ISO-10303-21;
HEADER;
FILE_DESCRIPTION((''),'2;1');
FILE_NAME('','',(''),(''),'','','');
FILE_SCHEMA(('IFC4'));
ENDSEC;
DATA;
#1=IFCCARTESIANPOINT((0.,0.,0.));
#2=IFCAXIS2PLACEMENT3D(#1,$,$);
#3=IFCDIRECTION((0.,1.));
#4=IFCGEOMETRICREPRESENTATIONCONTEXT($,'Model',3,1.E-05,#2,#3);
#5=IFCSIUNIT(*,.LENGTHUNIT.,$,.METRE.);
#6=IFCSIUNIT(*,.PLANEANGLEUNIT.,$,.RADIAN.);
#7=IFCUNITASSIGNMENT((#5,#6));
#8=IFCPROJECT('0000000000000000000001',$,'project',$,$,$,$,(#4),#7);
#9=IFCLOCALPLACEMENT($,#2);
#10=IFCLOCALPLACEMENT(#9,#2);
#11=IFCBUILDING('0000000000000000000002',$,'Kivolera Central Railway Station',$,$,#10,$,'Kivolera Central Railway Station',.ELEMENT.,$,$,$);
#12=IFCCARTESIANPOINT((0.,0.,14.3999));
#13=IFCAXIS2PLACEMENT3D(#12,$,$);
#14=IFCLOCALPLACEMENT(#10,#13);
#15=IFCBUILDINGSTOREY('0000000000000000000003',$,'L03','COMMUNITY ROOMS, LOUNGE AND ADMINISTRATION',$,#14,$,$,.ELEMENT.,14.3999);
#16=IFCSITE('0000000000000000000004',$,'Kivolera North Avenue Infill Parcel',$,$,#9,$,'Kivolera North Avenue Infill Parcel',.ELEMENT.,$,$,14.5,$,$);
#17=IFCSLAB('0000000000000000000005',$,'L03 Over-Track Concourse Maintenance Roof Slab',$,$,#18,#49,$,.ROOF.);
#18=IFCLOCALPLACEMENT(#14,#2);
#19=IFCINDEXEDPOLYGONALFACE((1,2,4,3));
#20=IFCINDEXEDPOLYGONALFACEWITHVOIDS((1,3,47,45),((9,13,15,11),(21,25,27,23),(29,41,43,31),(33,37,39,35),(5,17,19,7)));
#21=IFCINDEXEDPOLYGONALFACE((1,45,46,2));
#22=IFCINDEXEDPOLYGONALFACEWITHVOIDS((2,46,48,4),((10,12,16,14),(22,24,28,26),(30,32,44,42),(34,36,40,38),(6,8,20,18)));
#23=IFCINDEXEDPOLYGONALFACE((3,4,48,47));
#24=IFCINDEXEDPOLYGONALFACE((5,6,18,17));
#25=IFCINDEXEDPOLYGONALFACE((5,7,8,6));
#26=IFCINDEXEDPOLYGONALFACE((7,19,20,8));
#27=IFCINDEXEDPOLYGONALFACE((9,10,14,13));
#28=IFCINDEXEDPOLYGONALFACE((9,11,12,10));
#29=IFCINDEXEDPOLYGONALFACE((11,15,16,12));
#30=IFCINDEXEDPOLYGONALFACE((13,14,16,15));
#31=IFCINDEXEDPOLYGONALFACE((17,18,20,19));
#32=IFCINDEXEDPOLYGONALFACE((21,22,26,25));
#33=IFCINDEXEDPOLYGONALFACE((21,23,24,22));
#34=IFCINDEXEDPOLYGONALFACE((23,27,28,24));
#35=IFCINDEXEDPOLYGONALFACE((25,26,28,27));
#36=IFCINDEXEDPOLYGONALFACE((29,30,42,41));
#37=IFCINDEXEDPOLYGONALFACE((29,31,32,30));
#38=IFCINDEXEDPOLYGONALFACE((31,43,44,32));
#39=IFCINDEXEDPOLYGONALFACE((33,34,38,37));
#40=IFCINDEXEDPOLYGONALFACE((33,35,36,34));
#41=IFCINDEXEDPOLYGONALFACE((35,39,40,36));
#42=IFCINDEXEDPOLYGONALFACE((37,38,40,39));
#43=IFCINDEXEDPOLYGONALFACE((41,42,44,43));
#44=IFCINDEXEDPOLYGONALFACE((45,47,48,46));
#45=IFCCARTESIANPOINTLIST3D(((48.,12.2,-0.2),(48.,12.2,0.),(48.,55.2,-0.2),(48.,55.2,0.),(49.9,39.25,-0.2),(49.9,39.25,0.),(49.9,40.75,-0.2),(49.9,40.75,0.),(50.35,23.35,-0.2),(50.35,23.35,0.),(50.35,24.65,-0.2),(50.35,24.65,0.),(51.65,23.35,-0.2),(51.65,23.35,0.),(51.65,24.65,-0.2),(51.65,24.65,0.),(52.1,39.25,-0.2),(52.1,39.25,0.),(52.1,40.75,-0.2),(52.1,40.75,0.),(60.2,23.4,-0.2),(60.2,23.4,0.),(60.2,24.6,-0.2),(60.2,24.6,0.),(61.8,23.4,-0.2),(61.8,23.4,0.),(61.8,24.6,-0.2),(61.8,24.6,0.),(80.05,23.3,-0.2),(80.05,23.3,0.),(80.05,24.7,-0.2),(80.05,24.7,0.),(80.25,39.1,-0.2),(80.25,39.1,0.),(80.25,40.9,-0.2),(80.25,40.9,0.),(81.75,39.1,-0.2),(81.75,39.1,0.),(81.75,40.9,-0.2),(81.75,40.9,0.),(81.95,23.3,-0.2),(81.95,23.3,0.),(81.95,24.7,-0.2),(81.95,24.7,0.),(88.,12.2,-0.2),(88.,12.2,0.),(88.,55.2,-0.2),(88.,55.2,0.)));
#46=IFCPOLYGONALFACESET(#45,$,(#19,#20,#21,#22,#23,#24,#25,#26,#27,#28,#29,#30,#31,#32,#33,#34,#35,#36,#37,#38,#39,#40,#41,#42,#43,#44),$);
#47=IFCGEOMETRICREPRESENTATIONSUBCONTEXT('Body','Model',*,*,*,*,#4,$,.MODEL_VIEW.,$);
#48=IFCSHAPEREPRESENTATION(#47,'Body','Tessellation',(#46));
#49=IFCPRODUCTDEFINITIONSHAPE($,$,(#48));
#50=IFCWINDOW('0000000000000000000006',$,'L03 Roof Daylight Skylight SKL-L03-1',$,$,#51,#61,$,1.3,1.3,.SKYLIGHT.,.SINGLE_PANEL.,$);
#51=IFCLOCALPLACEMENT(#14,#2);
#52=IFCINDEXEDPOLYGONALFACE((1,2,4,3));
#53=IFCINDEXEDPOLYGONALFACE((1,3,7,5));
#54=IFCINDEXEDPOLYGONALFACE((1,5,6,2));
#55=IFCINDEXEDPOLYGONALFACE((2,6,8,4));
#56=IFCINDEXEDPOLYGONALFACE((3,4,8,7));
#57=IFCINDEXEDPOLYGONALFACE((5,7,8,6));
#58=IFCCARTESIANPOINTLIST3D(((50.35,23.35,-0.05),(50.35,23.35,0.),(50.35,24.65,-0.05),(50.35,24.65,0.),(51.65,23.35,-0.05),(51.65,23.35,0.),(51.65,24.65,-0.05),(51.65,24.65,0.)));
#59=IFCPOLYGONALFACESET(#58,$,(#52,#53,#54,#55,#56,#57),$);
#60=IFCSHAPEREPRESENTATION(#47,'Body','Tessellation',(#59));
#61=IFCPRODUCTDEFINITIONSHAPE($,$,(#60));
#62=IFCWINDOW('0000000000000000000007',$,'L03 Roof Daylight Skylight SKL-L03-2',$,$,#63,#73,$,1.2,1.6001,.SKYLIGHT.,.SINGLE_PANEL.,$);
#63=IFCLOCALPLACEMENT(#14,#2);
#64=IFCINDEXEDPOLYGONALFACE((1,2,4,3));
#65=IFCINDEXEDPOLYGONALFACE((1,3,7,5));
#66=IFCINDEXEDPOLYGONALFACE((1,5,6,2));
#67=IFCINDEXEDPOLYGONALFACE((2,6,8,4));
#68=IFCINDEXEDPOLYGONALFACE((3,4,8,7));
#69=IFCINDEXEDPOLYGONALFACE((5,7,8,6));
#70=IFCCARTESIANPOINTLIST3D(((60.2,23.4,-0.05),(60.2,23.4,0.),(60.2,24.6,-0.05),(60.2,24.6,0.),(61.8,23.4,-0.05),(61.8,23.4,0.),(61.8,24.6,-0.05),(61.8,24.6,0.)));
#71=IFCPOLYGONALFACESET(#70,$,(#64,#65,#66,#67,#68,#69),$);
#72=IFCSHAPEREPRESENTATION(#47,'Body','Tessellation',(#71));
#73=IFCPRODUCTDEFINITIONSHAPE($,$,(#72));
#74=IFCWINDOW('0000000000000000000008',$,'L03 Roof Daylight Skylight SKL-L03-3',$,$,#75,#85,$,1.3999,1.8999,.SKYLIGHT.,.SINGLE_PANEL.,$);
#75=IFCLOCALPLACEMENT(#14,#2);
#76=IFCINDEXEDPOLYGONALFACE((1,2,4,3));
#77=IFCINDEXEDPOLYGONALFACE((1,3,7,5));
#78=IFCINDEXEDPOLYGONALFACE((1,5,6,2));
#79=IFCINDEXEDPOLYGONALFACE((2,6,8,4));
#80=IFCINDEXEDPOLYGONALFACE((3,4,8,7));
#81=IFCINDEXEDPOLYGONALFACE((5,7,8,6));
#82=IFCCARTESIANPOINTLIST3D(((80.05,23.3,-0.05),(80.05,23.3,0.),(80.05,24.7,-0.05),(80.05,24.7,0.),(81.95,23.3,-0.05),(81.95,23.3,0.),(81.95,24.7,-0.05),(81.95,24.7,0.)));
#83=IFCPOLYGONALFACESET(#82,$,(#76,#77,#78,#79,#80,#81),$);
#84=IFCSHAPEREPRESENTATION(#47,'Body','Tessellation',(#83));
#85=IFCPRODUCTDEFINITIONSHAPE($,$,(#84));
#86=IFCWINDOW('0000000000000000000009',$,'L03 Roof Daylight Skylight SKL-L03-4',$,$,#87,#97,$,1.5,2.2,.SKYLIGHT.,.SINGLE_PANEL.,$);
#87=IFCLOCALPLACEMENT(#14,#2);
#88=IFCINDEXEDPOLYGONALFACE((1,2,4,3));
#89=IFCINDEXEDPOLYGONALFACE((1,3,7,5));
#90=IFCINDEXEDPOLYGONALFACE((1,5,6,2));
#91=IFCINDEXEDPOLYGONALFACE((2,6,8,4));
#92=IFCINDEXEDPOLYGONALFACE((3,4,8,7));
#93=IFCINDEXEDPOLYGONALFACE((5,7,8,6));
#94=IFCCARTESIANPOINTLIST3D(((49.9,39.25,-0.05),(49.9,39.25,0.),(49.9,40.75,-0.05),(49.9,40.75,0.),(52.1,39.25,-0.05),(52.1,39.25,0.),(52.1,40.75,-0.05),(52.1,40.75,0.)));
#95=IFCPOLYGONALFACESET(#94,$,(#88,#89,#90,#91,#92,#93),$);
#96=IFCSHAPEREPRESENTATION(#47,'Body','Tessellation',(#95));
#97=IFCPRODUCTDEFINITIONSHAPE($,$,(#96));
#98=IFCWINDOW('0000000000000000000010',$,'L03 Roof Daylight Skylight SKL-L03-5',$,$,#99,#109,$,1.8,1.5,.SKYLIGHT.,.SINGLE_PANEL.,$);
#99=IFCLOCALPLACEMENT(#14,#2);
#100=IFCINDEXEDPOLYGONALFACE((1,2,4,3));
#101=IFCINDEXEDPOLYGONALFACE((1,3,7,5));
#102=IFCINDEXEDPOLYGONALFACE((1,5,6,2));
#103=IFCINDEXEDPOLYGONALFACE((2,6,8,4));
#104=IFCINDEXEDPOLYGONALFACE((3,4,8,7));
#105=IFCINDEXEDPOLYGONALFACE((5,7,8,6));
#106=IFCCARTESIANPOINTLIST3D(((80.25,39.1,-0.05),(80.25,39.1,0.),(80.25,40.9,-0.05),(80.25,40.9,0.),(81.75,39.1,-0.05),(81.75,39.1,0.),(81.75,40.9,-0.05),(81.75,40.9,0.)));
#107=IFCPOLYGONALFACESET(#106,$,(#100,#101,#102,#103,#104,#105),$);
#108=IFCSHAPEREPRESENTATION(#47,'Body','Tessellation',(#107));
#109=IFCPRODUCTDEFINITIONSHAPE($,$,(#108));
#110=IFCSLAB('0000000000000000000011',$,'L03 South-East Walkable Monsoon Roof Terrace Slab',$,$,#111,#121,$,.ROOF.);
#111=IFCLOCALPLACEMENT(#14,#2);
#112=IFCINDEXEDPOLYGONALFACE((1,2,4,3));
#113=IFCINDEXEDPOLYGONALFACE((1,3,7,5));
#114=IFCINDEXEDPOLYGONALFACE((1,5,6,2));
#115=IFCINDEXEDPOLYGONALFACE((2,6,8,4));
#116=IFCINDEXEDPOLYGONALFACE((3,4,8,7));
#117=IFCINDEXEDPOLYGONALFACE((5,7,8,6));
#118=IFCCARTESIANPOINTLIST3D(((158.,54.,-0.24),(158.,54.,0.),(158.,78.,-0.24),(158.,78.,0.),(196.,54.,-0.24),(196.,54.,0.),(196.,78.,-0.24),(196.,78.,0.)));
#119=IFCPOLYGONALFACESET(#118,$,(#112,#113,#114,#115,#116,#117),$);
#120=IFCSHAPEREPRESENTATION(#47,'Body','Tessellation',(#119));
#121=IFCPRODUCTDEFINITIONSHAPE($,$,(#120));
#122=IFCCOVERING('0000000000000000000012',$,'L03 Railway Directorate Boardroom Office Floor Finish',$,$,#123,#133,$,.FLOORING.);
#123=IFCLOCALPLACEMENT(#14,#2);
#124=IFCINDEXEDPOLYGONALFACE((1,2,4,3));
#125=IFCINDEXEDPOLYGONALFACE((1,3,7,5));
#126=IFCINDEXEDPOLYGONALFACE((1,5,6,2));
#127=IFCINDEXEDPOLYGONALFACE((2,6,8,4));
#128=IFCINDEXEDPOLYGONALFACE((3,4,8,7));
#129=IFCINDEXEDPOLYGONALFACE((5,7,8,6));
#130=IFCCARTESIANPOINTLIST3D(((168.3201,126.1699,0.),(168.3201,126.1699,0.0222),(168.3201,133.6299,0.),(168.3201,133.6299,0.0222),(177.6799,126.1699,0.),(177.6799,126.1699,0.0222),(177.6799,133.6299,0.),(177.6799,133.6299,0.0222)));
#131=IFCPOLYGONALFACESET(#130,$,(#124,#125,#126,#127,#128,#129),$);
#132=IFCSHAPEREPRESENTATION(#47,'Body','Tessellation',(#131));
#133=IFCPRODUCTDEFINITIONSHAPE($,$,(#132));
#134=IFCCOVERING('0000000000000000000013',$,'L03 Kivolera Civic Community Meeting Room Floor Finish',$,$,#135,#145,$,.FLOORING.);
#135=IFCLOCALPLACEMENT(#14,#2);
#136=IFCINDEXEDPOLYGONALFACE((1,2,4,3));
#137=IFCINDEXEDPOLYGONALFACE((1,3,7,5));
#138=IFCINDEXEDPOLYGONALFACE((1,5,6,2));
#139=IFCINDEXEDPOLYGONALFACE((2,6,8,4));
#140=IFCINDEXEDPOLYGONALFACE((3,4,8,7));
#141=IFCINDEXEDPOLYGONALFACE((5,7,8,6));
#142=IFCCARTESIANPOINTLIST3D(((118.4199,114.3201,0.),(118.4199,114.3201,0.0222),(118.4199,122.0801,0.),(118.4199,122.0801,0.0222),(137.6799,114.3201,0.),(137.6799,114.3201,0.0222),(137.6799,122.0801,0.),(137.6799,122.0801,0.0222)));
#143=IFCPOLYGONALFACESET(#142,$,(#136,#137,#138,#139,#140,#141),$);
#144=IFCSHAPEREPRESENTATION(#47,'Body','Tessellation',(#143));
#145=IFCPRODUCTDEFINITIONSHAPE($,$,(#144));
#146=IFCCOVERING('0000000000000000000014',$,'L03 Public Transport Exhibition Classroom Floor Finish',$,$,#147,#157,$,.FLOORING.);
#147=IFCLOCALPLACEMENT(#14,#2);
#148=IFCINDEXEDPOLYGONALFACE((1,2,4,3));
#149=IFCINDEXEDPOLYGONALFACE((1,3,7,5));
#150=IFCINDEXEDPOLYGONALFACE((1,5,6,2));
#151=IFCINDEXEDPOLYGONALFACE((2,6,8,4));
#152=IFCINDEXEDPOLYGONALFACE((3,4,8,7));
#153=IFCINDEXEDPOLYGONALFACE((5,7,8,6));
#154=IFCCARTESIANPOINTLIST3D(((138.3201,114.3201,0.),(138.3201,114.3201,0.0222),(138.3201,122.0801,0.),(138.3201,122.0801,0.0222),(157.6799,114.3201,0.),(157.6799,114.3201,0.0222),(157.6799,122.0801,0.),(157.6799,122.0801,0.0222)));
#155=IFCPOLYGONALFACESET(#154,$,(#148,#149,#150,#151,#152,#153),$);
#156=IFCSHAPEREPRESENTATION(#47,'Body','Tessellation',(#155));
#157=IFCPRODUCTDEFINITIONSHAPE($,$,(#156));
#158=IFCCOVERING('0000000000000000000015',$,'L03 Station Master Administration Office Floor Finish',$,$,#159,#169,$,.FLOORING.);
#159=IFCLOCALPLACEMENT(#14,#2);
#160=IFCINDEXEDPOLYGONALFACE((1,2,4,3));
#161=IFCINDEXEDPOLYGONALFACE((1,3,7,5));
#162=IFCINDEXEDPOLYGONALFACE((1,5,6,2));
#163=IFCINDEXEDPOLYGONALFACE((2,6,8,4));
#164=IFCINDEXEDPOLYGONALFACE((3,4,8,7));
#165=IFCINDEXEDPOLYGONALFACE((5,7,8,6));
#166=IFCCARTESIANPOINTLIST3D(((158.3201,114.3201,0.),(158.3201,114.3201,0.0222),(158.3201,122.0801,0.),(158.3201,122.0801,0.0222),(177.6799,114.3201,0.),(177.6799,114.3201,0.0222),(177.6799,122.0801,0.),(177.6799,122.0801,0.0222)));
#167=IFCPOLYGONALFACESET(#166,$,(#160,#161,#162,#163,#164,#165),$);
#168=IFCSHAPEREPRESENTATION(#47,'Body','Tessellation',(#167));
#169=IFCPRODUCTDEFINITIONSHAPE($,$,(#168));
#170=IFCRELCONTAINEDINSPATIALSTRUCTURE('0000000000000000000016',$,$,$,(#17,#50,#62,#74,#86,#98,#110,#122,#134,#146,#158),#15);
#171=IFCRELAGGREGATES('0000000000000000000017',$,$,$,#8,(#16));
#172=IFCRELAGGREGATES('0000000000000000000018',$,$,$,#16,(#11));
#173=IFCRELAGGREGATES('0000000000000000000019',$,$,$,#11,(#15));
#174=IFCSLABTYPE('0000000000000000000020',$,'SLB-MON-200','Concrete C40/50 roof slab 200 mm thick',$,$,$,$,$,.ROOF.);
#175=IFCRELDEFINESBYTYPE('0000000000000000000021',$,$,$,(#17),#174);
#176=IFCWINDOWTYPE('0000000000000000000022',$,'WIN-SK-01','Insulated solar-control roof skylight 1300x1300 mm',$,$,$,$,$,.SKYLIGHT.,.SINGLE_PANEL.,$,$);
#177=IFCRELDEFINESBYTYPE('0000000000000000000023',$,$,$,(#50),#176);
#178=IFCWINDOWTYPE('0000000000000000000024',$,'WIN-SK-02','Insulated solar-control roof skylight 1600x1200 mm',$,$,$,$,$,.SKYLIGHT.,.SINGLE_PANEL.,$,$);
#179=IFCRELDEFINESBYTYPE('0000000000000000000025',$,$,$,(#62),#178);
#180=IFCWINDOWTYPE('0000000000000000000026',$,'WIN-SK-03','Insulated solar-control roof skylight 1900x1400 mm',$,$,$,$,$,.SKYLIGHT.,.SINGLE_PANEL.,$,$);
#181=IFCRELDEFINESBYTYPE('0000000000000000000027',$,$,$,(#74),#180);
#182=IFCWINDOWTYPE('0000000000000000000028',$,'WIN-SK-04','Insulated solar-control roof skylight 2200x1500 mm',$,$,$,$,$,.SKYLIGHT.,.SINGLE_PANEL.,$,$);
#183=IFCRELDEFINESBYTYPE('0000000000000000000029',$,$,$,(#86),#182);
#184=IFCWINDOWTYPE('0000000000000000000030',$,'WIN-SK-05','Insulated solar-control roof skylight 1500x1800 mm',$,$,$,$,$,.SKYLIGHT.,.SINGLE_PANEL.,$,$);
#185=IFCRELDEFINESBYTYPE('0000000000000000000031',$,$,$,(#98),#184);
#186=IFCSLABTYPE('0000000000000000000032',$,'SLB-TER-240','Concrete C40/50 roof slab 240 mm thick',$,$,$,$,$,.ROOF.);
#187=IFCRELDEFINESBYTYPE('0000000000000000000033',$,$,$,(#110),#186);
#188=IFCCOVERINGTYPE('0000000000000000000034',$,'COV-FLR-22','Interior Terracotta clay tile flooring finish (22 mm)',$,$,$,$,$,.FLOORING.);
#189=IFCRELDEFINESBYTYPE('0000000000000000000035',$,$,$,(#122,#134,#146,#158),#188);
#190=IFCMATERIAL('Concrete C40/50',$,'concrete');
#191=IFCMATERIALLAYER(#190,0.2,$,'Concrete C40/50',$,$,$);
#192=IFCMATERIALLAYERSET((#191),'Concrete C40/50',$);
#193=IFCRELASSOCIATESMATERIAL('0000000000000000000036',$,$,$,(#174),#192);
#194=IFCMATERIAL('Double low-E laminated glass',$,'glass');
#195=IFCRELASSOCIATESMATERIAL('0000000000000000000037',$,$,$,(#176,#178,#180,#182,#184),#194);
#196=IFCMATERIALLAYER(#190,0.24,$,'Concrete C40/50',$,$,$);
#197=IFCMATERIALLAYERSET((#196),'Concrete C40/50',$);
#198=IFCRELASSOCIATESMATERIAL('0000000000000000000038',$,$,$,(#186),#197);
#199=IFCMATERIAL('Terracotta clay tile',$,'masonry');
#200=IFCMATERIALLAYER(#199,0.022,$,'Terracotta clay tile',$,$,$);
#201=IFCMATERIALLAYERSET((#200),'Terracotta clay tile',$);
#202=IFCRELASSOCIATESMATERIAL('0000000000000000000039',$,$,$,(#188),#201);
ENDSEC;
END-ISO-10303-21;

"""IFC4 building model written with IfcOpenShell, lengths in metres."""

from ifc_helpers import new_model, si_unit, direction, frame, origin, origin_2d, place, context, subcontext, project, spatial, polyline, rectangle, outline, extrude, material, layer, layer_set, type_object, element, fill, save


model = new_model("IFC4")

# Units and contexts
model_context = context("Model", 3, precision=1e-05, world=origin(), true_north=direction((0.0, 1.0)))
body_context = subcontext(model_context, "Body", "Model", "MODEL_VIEW")
ifc_project = project(units=[si_unit("LENGTHUNIT", "METRE"), si_unit("PLANEANGLEUNIT", "RADIAN")], contexts=[model_context])

# Site, building, storey
site_placement = place(None, origin())
site = spatial("IfcSite", under=ifc_project, at=site_placement, Name="Kivolera North Avenue Infill Parcel", LongName="Kivolera North Avenue Infill Parcel", CompositionType="ELEMENT", RefElevation=14.5)
building_placement = place(site_placement, origin())
building = spatial("IfcBuilding", under=site, at=building_placement, Name="Kivolera Central Railway Station", LongName="Kivolera Central Railway Station", CompositionType="ELEMENT")
storey_placement = place(building_placement, frame((0.0, 0.0, 14.3999)))
storey = spatial("IfcBuildingStorey", under=building, at=storey_placement, Name="L03", Description="COMMUNITY ROOMS, LOUNGE AND ADMINISTRATION", CompositionType="ELEMENT", Elevation=14.3999)

# Shared definitions
ifc_material_1 = material(Name="Concrete C40/50", Category="concrete")

# Slab, openings, windows
ifc_layer_1 = layer(ifc_material_1, 0.2, Name="Concrete C40/50")
ifc_layer_set_1 = layer_set([ifc_layer_1], Name="Concrete C40/50")
slab_type_1 = type_object("IfcSlabType", Name="SLB-MON-200", Description="Concrete C40/50 roof slab 200 mm thick", PredefinedType="ROOF", material=ifc_layer_set_1)
slab_1_placement = place(storey_placement, frame((0.0, 0.0, -0.2)))
slab_1 = element("IfcSlab", 1, at=slab_1_placement, inside=storey, type_object=slab_type_1, Name="L03 Over-Track Concourse Maintenance Roof Slab", PredefinedType="ROOF", context=body_context, shape_type="SweptSolid", body=[
    extrude(outline(polyline([(48.0, 12.2), (88.0, 12.2), (88.0, 55.2), (48.0, 55.2), (48.0, 12.2)])), origin(), (0.0, 0.0, 1.0), 0.2),
])
opening_1_placement = place(slab_1_placement, frame((51.0, 24.0, 0.0)))
opening_1 = element("IfcOpeningElement", 2, at=opening_1_placement, cuts=slab_1, PredefinedType="OPENING", context=body_context, shape_type="SweptSolid", body=[
    extrude(rectangle(XDim=1.3, YDim=1.3, at=origin_2d()), frame((0.0, 0.0, -0.01)), (0.0, 0.0, 1.0), 0.22),
])
opening_2_placement = place(slab_1_placement, frame((61.0, 24.0, 0.0)))
opening_2 = element("IfcOpeningElement", 3, at=opening_2_placement, cuts=slab_1, PredefinedType="OPENING", context=body_context, shape_type="SweptSolid", body=[
    extrude(rectangle(XDim=1.6001, YDim=1.2, at=origin_2d()), frame((0.0, 0.0, -0.01)), (0.0, 0.0, 1.0), 0.22),
])
opening_3_placement = place(slab_1_placement, frame((81.0, 24.0, 0.0)))
opening_3 = element("IfcOpeningElement", 4, at=opening_3_placement, cuts=slab_1, PredefinedType="OPENING", context=body_context, shape_type="SweptSolid", body=[
    extrude(rectangle(XDim=1.8999, YDim=1.3999, at=origin_2d()), frame((0.0, 0.0, -0.01)), (0.0, 0.0, 1.0), 0.22),
])
opening_4_placement = place(slab_1_placement, frame((51.0, 40.0, 0.0)))
opening_4 = element("IfcOpeningElement", 5, at=opening_4_placement, cuts=slab_1, PredefinedType="OPENING", context=body_context, shape_type="SweptSolid", body=[
    extrude(rectangle(XDim=2.2, YDim=1.5, at=origin_2d()), frame((0.0, 0.0, -0.01)), (0.0, 0.0, 1.0), 0.22),
])
opening_5_placement = place(slab_1_placement, frame((81.0, 40.0, 0.0)))
opening_5 = element("IfcOpeningElement", 6, at=opening_5_placement, cuts=slab_1, PredefinedType="OPENING", context=body_context, shape_type="SweptSolid", body=[
    extrude(rectangle(XDim=1.5, YDim=1.8, at=origin_2d()), frame((0.0, 0.0, -0.01)), (0.0, 0.0, 1.0), 0.22),
])
ifc_material_2 = material(Name="Double low-E laminated glass", Category="glass")
window_type_1 = type_object("IfcWindowType", Name="WIN-SK-01", Description="Insulated solar-control roof skylight 1300x1300 mm", PartitioningType="SINGLE_PANEL", PredefinedType="SKYLIGHT", material=ifc_material_2)
window_1_placement = place(opening_1_placement, frame((0.0, 0.0, 0.1499)))
window_1 = element("IfcWindow", 7, at=window_1_placement, inside=storey, type_object=window_type_1, Name="L03 Roof Daylight Skylight SKL-L03-1", OverallHeight=1.3, OverallWidth=1.3, PartitioningType="SINGLE_PANEL", PredefinedType="SKYLIGHT", context=body_context, shape_type="SweptSolid", body=[
    extrude(rectangle(XDim=1.3, YDim=1.3, at=origin_2d()), origin(), (0.0, 0.0, 1.0), 0.05),
])
fill(opening_1, window_1)
window_type_2 = type_object("IfcWindowType", Name="WIN-SK-02", Description="Insulated solar-control roof skylight 1600x1200 mm", PartitioningType="SINGLE_PANEL", PredefinedType="SKYLIGHT", material=ifc_material_2)
window_2_placement = place(opening_2_placement, frame((0.0, 0.0, 0.1499)))
window_2 = element("IfcWindow", 8, at=window_2_placement, inside=storey, type_object=window_type_2, Name="L03 Roof Daylight Skylight SKL-L03-2", OverallHeight=1.2, OverallWidth=1.6001, PartitioningType="SINGLE_PANEL", PredefinedType="SKYLIGHT", context=body_context, shape_type="SweptSolid", body=[
    extrude(rectangle(XDim=1.6001, YDim=1.2, at=origin_2d()), origin(), (0.0, 0.0, 1.0), 0.05),
])
fill(opening_2, window_2)
window_type_3 = type_object("IfcWindowType", Name="WIN-SK-03", Description="Insulated solar-control roof skylight 1900x1400 mm", PartitioningType="SINGLE_PANEL", PredefinedType="SKYLIGHT", material=ifc_material_2)
window_3_placement = place(opening_3_placement, frame((0.0, 0.0, 0.1499)))
window_3 = element("IfcWindow", 9, at=window_3_placement, inside=storey, type_object=window_type_3, Name="L03 Roof Daylight Skylight SKL-L03-3", OverallHeight=1.3999, OverallWidth=1.8999, PartitioningType="SINGLE_PANEL", PredefinedType="SKYLIGHT", context=body_context, shape_type="SweptSolid", body=[
    extrude(rectangle(XDim=1.8999, YDim=1.3999, at=origin_2d()), origin(), (0.0, 0.0, 1.0), 0.05),
])
fill(opening_3, window_3)
window_type_4 = type_object("IfcWindowType", Name="WIN-SK-04", Description="Insulated solar-control roof skylight 2200x1500 mm", PartitioningType="SINGLE_PANEL", PredefinedType="SKYLIGHT", material=ifc_material_2)
window_4_placement = place(opening_4_placement, frame((0.0, 0.0, 0.1499)))
window_4 = element("IfcWindow", 10, at=window_4_placement, inside=storey, type_object=window_type_4, Name="L03 Roof Daylight Skylight SKL-L03-4", OverallHeight=1.5, OverallWidth=2.2, PartitioningType="SINGLE_PANEL", PredefinedType="SKYLIGHT", context=body_context, shape_type="SweptSolid", body=[
    extrude(rectangle(XDim=2.2, YDim=1.5, at=origin_2d()), origin(), (0.0, 0.0, 1.0), 0.05),
])
fill(opening_4, window_4)
window_type_5 = type_object("IfcWindowType", Name="WIN-SK-05", Description="Insulated solar-control roof skylight 1500x1800 mm", PartitioningType="SINGLE_PANEL", PredefinedType="SKYLIGHT", material=ifc_material_2)
window_5_placement = place(opening_5_placement, frame((0.0, 0.0, 0.1499)))
window_5 = element("IfcWindow", 11, at=window_5_placement, inside=storey, type_object=window_type_5, Name="L03 Roof Daylight Skylight SKL-L03-5", OverallHeight=1.8, OverallWidth=1.5, PartitioningType="SINGLE_PANEL", PredefinedType="SKYLIGHT", context=body_context, shape_type="SweptSolid", body=[
    extrude(rectangle(XDim=1.5, YDim=1.8, at=origin_2d()), origin(), (0.0, 0.0, 1.0), 0.05),
])
fill(opening_5, window_5)

# Slab
ifc_layer_2 = layer(ifc_material_1, 0.24, Name="Concrete C40/50")
ifc_layer_set_2 = layer_set([ifc_layer_2], Name="Concrete C40/50")
slab_type_2 = type_object("IfcSlabType", Name="SLB-TER-240", Description="Concrete C40/50 roof slab 240 mm thick", PredefinedType="ROOF", material=ifc_layer_set_2)
slab_2_placement = place(storey_placement, frame((0.0, 0.0, -0.24)))
element("IfcSlab", 12, at=slab_2_placement, inside=storey, type_object=slab_type_2, Name="L03 South-East Walkable Monsoon Roof Terrace Slab", PredefinedType="ROOF", context=body_context, shape_type="SweptSolid", body=[
    extrude(outline(polyline([(158.0, 54.0), (196.0, 54.0), (196.0, 78.0), (158.0, 78.0), (158.0, 54.0)])), origin(), (0.0, 0.0, 1.0), 0.24),
])

# Coverings
ifc_material_3 = material(Name="Terracotta clay tile", Category="masonry")
ifc_layer_3 = layer(ifc_material_3, 0.022, Name="Terracotta clay tile")
ifc_layer_set_3 = layer_set([ifc_layer_3], Name="Terracotta clay tile")
covering_type_1 = type_object("IfcCoveringType", Name="COV-FLR-22", Description="Interior Terracotta clay tile flooring finish (22 mm)", PredefinedType="FLOORING", material=ifc_layer_set_3)
covering_1_placement = place(storey_placement, origin())
element("IfcCovering", 13, at=covering_1_placement, inside=storey, type_object=covering_type_1, Name="L03 Railway Directorate Boardroom Office Floor Finish", PredefinedType="FLOORING", context=body_context, shape_type="SweptSolid", body=[
    extrude(outline(polyline([(168.3201, 126.1699), (177.6799, 126.1699), (177.6799, 133.6299), (168.3201, 133.6299), (168.3201, 126.1699)])), origin(), (0.0, 0.0, 1.0), 0.0222),
])
covering_2_placement = place(storey_placement, origin())
element("IfcCovering", 14, at=covering_2_placement, inside=storey, type_object=covering_type_1, Name="L03 Kivolera Civic Community Meeting Room Floor Finish", PredefinedType="FLOORING", context=body_context, shape_type="SweptSolid", body=[
    extrude(outline(polyline([(118.4199, 114.3201), (137.6799, 114.3201), (137.6799, 122.0801), (118.4199, 122.0801), (118.4199, 114.3201)])), origin(), (0.0, 0.0, 1.0), 0.0222),
])
covering_3_placement = place(storey_placement, origin())
element("IfcCovering", 15, at=covering_3_placement, inside=storey, type_object=covering_type_1, Name="L03 Public Transport Exhibition Classroom Floor Finish", PredefinedType="FLOORING", context=body_context, shape_type="SweptSolid", body=[
    extrude(outline(polyline([(138.3201, 114.3201), (157.6799, 114.3201), (157.6799, 122.0801), (138.3201, 122.0801), (138.3201, 114.3201)])), origin(), (0.0, 0.0, 1.0), 0.0222),
])
covering_4_placement = place(storey_placement, origin())
element("IfcCovering", 16, at=covering_4_placement, inside=storey, type_object=covering_type_1, Name="L03 Station Master Administration Office Floor Finish", PredefinedType="FLOORING", context=body_context, shape_type="SweptSolid", body=[
    extrude(outline(polyline([(158.3201, 114.3201), (177.6799, 114.3201), (177.6799, 122.0801), (158.3201, 122.0801), (158.3201, 114.3201)])), origin(), (0.0, 0.0, 1.0), 0.0222),
])

save(model, "model.ifc")
